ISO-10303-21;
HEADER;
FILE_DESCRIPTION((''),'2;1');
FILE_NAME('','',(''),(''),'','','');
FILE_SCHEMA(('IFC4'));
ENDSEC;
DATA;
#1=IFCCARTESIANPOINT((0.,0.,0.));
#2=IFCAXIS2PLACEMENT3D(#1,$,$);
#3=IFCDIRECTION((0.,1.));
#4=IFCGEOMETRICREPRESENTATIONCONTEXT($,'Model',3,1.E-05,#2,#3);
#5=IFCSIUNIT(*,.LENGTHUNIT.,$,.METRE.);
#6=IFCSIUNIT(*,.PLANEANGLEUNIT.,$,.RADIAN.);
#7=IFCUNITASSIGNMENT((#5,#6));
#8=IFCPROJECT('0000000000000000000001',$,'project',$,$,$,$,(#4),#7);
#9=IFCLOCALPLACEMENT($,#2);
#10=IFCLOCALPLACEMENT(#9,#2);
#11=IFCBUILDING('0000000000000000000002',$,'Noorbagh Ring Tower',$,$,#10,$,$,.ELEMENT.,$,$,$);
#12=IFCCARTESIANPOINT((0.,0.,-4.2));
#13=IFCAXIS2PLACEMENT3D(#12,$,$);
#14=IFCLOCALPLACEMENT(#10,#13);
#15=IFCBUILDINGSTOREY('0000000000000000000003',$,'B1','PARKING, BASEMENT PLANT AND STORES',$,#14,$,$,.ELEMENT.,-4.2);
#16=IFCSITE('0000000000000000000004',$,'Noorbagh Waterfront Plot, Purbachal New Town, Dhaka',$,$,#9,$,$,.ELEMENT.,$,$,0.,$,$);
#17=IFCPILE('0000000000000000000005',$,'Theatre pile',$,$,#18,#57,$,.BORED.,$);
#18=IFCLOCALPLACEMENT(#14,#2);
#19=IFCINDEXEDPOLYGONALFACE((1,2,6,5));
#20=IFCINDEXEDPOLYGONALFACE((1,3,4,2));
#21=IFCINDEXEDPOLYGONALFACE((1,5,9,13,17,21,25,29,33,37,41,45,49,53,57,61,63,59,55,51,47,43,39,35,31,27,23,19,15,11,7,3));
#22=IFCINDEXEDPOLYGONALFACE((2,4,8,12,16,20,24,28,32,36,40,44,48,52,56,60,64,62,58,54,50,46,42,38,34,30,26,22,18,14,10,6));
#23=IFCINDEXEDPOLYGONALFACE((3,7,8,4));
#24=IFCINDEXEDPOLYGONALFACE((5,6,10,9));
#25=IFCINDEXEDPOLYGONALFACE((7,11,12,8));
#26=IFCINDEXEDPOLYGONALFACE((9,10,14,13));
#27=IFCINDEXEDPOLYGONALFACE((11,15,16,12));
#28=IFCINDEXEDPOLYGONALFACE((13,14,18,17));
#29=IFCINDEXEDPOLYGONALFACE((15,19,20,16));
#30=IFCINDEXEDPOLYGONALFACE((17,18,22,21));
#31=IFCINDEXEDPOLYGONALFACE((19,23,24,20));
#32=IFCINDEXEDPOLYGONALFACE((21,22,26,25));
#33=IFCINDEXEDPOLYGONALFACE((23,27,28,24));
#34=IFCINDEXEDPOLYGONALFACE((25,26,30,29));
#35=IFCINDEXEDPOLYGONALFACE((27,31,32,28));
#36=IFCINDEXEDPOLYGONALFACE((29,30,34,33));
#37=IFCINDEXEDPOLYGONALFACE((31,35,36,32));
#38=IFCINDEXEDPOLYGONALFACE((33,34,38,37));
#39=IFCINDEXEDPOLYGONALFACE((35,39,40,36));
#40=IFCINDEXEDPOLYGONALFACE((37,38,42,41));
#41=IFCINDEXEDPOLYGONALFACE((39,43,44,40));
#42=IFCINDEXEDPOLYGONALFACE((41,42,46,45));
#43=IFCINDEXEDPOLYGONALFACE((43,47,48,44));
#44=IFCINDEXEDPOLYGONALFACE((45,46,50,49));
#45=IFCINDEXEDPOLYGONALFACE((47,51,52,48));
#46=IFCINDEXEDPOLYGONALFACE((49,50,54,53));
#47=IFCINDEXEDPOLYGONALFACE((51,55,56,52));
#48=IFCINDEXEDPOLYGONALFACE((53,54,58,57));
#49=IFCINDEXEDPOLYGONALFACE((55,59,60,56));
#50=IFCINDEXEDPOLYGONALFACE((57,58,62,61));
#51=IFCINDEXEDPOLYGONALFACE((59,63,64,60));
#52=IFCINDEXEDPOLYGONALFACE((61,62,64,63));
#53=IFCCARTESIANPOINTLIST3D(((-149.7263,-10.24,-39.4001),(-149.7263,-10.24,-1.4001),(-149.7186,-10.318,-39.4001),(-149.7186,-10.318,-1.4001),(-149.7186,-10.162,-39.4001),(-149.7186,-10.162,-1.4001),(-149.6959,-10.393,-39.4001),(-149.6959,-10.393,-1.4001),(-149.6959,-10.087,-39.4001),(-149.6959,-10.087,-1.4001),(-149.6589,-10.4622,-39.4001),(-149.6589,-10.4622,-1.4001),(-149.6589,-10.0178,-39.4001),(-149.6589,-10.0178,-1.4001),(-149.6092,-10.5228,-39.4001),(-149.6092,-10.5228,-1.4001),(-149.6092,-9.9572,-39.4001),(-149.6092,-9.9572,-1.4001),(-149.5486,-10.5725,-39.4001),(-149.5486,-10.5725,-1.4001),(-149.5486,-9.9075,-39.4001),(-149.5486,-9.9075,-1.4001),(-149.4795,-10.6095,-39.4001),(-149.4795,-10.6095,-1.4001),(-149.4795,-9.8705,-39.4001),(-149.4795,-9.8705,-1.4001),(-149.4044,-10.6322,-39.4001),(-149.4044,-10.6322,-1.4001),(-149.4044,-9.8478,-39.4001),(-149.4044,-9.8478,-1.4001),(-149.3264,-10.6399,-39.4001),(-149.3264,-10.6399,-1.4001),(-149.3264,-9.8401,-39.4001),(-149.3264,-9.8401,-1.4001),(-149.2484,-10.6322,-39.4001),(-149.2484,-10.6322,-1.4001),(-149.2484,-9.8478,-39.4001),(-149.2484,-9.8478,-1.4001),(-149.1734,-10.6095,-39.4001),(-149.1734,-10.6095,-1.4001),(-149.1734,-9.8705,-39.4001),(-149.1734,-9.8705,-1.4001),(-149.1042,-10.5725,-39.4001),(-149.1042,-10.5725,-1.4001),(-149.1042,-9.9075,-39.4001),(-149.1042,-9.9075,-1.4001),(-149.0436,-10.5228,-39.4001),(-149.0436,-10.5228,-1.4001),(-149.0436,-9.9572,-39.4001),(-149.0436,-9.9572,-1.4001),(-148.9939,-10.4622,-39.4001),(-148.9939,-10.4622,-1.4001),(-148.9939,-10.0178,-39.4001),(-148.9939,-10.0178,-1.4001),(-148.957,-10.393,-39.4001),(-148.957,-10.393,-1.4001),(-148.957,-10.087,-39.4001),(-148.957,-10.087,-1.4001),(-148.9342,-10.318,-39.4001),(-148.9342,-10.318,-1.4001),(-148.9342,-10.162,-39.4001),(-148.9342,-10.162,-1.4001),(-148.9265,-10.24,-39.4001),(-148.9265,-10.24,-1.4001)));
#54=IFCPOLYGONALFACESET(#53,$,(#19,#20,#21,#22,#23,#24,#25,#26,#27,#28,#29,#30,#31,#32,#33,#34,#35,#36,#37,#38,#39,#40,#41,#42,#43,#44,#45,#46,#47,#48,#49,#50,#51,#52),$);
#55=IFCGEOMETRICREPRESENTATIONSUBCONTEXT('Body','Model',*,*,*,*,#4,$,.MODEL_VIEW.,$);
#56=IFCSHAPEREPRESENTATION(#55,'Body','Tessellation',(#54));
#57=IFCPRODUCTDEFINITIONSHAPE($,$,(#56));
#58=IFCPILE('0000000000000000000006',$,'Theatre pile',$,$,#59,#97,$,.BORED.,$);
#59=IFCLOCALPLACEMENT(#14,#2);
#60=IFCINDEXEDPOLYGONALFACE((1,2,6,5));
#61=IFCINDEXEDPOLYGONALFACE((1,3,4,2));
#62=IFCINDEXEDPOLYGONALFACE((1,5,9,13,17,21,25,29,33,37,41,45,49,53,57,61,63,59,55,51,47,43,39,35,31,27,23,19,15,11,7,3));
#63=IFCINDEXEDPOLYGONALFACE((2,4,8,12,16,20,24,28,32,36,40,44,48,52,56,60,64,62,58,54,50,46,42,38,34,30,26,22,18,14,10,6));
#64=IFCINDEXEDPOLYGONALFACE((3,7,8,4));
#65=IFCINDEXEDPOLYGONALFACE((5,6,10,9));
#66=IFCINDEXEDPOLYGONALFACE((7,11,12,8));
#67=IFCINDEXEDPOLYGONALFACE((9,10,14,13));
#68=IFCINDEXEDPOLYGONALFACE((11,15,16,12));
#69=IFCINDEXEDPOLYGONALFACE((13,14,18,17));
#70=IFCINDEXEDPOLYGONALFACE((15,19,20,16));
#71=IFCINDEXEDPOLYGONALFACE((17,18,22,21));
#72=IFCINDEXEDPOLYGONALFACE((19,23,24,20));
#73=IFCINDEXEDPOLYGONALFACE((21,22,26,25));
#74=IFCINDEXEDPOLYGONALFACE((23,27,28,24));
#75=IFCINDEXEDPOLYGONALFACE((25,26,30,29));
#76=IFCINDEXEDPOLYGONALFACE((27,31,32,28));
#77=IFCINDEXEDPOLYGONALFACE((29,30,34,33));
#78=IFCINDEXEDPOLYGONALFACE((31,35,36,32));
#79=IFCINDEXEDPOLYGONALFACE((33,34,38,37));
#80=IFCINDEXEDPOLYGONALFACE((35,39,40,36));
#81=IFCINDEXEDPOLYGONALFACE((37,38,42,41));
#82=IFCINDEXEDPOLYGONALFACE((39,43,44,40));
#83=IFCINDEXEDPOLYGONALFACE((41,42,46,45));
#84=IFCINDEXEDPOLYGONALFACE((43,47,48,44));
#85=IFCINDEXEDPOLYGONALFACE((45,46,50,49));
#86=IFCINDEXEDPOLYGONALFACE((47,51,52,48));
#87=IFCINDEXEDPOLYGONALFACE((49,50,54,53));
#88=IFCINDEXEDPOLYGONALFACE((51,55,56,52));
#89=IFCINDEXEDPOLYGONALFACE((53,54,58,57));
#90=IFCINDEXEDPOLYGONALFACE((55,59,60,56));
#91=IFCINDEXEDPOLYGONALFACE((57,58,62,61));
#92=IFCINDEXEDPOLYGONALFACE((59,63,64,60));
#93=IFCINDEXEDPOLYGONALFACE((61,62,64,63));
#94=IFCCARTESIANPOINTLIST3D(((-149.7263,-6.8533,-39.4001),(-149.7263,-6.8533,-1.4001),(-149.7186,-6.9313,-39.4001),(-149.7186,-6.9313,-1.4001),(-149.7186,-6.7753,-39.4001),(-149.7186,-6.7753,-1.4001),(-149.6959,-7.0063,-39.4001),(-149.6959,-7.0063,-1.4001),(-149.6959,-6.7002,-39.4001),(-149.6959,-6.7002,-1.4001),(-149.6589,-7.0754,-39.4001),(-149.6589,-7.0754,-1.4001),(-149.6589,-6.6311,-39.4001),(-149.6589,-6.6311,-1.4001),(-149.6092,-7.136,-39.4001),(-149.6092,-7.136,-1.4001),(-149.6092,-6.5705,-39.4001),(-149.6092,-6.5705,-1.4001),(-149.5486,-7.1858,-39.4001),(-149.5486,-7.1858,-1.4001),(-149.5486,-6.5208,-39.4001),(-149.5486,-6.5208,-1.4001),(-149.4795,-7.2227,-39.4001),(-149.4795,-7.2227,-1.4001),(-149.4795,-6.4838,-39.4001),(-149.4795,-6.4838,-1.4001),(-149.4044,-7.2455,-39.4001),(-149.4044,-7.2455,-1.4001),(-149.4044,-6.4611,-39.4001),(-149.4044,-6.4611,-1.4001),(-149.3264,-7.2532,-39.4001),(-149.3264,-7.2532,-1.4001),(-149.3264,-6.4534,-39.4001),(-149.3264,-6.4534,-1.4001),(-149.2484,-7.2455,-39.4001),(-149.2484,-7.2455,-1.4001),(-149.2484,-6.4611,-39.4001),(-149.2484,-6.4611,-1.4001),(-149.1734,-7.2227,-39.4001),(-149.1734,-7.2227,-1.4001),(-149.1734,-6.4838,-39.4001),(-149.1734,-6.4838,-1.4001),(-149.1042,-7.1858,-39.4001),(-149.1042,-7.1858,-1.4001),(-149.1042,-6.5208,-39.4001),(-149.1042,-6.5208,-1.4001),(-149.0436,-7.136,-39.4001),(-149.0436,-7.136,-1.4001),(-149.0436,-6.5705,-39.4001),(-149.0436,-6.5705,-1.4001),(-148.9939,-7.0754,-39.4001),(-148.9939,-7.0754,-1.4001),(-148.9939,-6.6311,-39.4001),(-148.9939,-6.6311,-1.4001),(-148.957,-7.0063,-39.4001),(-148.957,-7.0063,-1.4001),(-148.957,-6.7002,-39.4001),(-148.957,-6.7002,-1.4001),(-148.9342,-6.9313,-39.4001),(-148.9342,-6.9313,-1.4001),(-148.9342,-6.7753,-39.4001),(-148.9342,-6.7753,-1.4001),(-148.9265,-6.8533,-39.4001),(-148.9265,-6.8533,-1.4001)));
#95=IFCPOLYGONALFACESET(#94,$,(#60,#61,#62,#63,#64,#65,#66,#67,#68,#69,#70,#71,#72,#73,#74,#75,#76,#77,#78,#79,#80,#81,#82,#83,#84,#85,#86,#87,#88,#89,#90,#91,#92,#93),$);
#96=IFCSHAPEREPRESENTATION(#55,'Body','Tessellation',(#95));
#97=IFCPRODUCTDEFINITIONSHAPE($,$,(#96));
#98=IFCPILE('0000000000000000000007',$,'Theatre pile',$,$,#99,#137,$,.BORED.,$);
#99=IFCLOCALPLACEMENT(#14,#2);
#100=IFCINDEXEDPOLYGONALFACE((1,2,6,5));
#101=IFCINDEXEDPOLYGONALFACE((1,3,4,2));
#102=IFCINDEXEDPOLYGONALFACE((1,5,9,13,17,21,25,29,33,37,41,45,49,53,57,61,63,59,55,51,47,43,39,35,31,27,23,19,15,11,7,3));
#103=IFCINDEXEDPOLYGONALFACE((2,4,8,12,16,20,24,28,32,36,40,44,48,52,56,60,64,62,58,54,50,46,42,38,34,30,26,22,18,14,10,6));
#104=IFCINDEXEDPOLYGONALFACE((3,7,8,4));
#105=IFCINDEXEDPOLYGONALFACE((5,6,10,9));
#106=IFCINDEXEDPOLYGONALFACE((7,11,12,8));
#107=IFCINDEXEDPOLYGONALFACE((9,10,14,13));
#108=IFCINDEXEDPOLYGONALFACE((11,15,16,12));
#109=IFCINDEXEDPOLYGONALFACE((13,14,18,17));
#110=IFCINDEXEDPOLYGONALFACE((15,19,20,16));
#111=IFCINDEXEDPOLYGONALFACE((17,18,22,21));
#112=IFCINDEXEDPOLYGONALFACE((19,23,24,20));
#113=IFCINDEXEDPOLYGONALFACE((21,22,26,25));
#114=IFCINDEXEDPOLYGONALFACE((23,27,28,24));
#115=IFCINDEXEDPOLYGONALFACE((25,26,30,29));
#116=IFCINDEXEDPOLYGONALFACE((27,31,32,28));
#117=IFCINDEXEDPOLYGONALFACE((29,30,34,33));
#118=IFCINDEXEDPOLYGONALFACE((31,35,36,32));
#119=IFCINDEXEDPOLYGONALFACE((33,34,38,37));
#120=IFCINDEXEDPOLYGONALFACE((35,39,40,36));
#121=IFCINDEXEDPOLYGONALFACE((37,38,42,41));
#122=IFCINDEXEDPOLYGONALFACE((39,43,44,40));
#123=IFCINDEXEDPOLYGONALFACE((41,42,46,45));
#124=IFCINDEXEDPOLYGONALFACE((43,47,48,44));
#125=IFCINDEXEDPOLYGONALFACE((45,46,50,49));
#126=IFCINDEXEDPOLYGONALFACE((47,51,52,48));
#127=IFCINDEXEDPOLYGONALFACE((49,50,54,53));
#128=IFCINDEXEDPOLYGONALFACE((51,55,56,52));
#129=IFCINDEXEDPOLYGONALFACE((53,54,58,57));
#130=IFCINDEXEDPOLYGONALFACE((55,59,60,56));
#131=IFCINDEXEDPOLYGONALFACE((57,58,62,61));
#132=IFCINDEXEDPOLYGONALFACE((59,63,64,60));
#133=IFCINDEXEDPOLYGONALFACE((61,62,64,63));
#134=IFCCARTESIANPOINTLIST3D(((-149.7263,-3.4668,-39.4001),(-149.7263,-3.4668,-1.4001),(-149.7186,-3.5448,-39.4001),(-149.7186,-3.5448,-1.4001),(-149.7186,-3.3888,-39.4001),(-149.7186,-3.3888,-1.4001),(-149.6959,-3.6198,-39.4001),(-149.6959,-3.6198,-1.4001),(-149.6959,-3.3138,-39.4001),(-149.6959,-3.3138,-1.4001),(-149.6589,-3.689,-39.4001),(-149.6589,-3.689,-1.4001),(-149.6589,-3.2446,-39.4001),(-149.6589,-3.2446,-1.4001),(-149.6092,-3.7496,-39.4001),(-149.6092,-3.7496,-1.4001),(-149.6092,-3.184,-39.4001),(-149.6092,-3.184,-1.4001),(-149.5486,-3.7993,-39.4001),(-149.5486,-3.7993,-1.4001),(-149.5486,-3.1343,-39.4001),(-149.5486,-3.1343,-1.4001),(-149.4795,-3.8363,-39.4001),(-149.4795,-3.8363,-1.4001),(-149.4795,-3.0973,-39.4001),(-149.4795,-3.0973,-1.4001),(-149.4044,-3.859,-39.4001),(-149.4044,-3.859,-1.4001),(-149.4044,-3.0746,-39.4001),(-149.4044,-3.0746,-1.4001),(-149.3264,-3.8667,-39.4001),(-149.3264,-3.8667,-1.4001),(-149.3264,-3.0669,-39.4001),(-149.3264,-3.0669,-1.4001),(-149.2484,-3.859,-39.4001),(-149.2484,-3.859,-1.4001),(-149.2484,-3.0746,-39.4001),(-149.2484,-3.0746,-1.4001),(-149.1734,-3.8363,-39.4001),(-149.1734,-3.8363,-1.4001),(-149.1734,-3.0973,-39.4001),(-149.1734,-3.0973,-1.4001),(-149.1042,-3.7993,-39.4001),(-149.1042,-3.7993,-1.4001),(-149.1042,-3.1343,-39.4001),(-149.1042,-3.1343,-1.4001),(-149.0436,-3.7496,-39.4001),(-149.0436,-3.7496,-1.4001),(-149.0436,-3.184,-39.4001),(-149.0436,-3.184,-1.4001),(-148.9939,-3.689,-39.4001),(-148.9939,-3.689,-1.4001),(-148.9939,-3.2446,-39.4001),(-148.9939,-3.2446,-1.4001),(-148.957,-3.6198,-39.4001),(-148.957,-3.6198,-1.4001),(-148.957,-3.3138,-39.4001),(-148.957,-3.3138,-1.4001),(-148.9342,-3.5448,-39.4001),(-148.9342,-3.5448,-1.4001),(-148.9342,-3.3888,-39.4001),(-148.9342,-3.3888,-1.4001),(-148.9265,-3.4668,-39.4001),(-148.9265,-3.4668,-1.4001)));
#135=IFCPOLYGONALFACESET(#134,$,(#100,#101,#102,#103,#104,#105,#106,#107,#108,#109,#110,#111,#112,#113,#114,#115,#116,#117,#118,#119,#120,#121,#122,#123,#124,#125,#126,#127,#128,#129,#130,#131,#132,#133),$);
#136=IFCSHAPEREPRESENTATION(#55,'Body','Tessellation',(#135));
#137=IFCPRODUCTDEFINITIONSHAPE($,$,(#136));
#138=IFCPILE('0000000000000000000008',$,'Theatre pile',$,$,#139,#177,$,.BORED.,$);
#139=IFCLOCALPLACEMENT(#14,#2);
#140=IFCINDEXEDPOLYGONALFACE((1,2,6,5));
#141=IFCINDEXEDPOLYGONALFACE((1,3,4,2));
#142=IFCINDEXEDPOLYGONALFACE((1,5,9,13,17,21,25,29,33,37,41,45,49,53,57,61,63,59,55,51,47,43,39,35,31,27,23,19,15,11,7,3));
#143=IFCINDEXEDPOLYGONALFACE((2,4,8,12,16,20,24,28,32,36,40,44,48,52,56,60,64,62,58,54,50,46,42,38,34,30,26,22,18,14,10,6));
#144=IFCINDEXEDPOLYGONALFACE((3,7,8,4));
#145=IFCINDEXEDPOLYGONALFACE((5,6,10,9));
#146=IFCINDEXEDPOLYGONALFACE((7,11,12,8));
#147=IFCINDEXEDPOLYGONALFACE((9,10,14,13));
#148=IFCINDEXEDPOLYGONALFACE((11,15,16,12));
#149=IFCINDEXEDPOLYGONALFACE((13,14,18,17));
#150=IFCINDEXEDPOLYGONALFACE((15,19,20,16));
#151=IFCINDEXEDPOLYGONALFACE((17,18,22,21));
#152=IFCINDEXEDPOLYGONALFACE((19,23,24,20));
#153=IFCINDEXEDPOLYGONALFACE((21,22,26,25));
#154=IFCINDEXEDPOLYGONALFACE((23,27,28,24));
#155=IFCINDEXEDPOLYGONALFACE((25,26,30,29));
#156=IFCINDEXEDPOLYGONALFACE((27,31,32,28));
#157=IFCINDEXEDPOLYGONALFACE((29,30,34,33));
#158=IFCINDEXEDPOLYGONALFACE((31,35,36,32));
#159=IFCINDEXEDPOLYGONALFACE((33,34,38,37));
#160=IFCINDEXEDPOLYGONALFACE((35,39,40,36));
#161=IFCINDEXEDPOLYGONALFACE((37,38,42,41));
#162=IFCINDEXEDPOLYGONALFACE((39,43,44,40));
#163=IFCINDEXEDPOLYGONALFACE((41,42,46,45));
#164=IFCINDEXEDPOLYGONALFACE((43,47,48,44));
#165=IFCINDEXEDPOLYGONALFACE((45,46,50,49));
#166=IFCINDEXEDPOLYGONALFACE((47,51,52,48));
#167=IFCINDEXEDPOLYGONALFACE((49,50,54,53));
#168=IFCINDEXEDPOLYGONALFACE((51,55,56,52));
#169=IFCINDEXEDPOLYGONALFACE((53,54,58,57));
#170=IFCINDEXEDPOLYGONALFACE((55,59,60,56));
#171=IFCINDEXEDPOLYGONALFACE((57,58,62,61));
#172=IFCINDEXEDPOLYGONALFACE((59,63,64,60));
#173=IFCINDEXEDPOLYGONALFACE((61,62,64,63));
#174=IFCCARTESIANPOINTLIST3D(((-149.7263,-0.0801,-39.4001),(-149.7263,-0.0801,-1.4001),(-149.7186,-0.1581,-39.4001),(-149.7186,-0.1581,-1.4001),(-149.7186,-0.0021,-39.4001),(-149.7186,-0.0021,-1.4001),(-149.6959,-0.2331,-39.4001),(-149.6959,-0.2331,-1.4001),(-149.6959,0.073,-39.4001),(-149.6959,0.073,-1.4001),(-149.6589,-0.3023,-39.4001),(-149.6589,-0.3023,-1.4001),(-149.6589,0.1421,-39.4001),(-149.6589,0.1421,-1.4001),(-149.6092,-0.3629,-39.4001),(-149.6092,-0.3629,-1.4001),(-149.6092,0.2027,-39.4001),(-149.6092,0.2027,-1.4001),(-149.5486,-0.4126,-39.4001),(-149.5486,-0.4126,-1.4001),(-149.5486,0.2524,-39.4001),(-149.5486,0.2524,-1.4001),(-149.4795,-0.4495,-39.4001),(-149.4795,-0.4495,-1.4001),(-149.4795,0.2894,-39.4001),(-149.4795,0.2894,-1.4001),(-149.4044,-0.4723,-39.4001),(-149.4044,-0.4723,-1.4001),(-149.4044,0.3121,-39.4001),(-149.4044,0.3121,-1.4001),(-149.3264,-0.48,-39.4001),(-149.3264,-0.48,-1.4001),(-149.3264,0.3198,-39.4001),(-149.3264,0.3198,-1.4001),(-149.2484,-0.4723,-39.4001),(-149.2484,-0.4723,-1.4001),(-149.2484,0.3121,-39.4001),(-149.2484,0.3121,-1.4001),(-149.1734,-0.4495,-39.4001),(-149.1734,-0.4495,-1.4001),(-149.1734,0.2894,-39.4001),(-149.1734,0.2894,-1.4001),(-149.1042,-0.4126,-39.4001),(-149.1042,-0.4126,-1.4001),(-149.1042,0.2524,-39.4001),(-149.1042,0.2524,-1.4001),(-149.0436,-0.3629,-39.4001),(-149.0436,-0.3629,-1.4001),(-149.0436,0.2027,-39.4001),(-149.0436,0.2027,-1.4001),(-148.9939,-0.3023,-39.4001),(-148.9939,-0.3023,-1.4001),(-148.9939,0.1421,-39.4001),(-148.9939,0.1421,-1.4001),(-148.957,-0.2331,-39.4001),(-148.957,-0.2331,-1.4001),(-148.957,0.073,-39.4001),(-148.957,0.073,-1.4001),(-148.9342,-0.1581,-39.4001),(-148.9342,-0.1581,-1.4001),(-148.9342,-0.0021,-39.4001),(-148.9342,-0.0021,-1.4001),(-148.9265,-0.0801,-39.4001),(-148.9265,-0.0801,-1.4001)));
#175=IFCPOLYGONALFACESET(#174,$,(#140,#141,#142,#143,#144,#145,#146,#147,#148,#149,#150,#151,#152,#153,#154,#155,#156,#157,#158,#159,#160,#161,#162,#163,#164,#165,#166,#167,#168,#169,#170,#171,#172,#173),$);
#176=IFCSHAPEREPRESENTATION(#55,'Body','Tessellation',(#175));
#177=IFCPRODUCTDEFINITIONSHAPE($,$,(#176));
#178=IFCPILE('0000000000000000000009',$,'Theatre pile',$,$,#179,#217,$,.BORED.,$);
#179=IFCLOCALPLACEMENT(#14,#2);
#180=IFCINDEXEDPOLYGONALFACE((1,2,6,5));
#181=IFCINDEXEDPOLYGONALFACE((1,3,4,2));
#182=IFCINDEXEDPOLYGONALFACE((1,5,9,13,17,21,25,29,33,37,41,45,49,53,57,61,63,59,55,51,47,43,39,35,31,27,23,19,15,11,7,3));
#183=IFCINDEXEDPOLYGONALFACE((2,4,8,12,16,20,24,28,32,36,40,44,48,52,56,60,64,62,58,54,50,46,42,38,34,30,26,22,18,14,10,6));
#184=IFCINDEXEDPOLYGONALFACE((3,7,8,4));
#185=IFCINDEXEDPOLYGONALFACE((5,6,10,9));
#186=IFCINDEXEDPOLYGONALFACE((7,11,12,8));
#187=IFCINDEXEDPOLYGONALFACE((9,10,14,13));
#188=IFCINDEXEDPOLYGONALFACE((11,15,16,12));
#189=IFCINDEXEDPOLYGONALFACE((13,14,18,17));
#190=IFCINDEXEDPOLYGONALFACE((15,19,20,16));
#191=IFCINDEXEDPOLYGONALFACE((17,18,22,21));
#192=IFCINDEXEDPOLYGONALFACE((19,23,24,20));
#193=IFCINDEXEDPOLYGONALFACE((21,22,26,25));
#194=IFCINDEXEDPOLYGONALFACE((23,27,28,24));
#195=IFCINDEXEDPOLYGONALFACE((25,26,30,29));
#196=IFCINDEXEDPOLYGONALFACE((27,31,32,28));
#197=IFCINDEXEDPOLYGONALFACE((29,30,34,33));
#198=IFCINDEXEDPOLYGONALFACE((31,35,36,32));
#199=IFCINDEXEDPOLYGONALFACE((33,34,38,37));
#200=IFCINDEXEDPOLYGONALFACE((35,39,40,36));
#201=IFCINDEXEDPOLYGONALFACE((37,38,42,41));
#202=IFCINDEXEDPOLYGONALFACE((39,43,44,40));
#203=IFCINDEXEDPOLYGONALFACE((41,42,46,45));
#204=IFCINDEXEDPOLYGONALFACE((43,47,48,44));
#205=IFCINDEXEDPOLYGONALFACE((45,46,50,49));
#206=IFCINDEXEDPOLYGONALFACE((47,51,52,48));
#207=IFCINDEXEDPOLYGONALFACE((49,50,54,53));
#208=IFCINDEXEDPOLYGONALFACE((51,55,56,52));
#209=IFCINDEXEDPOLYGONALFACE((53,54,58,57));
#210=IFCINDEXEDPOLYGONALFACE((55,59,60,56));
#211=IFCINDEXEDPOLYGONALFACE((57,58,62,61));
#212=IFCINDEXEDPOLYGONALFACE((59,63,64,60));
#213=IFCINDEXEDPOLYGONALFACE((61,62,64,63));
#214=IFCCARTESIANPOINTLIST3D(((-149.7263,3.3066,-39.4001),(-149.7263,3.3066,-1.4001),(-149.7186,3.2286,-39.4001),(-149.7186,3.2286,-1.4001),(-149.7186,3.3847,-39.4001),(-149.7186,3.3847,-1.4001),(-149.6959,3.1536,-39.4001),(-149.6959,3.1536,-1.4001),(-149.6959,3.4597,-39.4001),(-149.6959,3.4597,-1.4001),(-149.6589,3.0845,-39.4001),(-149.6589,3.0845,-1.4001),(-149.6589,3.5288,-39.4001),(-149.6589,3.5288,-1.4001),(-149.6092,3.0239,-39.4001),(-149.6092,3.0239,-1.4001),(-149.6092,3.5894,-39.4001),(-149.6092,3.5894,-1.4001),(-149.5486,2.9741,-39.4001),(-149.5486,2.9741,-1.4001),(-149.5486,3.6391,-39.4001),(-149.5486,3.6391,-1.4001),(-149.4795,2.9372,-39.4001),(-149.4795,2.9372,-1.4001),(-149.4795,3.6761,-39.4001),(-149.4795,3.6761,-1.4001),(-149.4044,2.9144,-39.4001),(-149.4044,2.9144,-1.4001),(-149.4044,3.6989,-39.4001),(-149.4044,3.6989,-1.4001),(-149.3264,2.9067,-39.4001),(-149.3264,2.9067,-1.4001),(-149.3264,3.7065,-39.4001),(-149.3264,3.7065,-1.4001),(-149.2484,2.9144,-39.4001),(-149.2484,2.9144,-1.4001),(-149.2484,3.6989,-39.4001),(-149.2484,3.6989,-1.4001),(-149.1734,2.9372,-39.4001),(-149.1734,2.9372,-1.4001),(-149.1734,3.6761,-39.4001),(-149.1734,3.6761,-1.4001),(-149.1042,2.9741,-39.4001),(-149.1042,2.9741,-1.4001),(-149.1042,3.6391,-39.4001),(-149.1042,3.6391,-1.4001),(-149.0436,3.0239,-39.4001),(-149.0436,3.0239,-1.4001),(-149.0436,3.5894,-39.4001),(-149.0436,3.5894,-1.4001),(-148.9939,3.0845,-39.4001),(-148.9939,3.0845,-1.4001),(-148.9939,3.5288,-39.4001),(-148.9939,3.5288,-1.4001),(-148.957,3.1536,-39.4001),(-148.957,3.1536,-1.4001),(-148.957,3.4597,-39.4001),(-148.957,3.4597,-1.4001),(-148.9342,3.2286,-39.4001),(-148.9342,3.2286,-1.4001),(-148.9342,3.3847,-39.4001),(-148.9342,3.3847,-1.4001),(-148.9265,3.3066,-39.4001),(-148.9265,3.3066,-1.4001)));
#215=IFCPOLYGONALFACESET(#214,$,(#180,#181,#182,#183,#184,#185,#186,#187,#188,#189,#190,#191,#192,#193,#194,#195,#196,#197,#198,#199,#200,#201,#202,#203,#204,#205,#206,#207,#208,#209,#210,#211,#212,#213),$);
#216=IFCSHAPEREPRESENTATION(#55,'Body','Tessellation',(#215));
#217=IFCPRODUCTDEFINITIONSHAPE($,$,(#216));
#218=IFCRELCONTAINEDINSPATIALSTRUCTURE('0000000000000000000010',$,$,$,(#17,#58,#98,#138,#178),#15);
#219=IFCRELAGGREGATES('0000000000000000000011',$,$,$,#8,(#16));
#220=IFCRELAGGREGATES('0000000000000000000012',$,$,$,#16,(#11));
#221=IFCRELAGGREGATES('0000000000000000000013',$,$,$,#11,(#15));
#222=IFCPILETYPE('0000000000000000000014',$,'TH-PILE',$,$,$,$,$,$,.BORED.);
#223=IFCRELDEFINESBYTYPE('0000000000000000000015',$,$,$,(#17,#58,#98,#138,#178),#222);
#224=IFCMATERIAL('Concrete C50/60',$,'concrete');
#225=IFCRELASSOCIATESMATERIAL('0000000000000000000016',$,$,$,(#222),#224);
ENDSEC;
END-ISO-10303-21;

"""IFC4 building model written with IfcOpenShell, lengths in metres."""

from ifc_helpers import new_model, si_unit, direction, frame, origin, origin_2d, place, context, subcontext, project, spatial, circle, extrude, material, material_profile, profile_set, type_object, element, save


model = new_model("IFC4")

# Units and contexts
model_context = context("Model", 3, precision=1e-05, world=origin(), true_north=direction((0.0, 1.0)))
body_context = subcontext(model_context, "Body", "Model", "MODEL_VIEW")
ifc_project = project(units=[si_unit("LENGTHUNIT", "METRE"), si_unit("PLANEANGLEUNIT", "RADIAN")], contexts=[model_context])

# Site, building, storey
site_placement = place(None, origin())
site = spatial("IfcSite", under=ifc_project, at=site_placement, Name="Noorbagh Waterfront Plot, Purbachal New Town, Dhaka", CompositionType="ELEMENT", RefElevation=0.0)
building_placement = place(site_placement, origin())
building = spatial("IfcBuilding", under=site, at=building_placement, Name="Noorbagh Ring Tower", CompositionType="ELEMENT")
storey_placement = place(building_placement, frame((0.0, 0.0, -4.2)))
storey = spatial("IfcBuildingStorey", under=building, at=storey_placement, Name="B1", Description="PARKING, BASEMENT PLANT AND STORES", CompositionType="ELEMENT", Elevation=-4.2)

# Piles
ifc_material_1 = material(Name="Concrete C50/60", Category="concrete")
ifc_material_profile_1 = material_profile(ifc_material_1, circle(Radius=0.3999, at=origin_2d()), Name="PILE800")
ifc_profile_set_1 = profile_set([ifc_material_profile_1], Name="Concrete C50/60")
pile_type = type_object("IfcPileType", Name="TH-PILE", PredefinedType="BORED", material=ifc_profile_set_1)
for number, where, z_axis, x_axis, name in (
    (1, (-149.3264, -10.24, -1.4001), (0.0, 0.0, -1.0), (1.0, 0.0, 0.0), "Theatre pile"),
    (2, (-149.3264, -6.8533, -1.4001), (0.0, 0.0, -1.0), (1.0, 0.0, 0.0), "Theatre pile"),
    (3, (-149.3264, -3.4668, -1.4001), (0.0, 0.0, -1.0), (1.0, 0.0, 0.0), "Theatre pile"),
    (4, (-149.3264, -0.0801, -1.4001), (0.0, 0.0, -1.0), (1.0, 0.0, 0.0), "Theatre pile"),
    (5, (-149.3264, 3.3066, -1.4001), (0.0, 0.0, -1.0), (1.0, 0.0, 0.0), "Theatre pile"),
):
    element("IfcPile", number, at=place(storey_placement, frame(where, z_axis=z_axis, x_axis=x_axis)), inside=storey, type_object=pile_type, Name=name, PredefinedType="BORED", context=body_context, shape_type="SweptSolid", body=[
        extrude(circle(Radius=0.3999, at=origin_2d()), origin(), (0.0, 0.0, 1.0), 38.0),
    ])

save(model, "model.ifc")
